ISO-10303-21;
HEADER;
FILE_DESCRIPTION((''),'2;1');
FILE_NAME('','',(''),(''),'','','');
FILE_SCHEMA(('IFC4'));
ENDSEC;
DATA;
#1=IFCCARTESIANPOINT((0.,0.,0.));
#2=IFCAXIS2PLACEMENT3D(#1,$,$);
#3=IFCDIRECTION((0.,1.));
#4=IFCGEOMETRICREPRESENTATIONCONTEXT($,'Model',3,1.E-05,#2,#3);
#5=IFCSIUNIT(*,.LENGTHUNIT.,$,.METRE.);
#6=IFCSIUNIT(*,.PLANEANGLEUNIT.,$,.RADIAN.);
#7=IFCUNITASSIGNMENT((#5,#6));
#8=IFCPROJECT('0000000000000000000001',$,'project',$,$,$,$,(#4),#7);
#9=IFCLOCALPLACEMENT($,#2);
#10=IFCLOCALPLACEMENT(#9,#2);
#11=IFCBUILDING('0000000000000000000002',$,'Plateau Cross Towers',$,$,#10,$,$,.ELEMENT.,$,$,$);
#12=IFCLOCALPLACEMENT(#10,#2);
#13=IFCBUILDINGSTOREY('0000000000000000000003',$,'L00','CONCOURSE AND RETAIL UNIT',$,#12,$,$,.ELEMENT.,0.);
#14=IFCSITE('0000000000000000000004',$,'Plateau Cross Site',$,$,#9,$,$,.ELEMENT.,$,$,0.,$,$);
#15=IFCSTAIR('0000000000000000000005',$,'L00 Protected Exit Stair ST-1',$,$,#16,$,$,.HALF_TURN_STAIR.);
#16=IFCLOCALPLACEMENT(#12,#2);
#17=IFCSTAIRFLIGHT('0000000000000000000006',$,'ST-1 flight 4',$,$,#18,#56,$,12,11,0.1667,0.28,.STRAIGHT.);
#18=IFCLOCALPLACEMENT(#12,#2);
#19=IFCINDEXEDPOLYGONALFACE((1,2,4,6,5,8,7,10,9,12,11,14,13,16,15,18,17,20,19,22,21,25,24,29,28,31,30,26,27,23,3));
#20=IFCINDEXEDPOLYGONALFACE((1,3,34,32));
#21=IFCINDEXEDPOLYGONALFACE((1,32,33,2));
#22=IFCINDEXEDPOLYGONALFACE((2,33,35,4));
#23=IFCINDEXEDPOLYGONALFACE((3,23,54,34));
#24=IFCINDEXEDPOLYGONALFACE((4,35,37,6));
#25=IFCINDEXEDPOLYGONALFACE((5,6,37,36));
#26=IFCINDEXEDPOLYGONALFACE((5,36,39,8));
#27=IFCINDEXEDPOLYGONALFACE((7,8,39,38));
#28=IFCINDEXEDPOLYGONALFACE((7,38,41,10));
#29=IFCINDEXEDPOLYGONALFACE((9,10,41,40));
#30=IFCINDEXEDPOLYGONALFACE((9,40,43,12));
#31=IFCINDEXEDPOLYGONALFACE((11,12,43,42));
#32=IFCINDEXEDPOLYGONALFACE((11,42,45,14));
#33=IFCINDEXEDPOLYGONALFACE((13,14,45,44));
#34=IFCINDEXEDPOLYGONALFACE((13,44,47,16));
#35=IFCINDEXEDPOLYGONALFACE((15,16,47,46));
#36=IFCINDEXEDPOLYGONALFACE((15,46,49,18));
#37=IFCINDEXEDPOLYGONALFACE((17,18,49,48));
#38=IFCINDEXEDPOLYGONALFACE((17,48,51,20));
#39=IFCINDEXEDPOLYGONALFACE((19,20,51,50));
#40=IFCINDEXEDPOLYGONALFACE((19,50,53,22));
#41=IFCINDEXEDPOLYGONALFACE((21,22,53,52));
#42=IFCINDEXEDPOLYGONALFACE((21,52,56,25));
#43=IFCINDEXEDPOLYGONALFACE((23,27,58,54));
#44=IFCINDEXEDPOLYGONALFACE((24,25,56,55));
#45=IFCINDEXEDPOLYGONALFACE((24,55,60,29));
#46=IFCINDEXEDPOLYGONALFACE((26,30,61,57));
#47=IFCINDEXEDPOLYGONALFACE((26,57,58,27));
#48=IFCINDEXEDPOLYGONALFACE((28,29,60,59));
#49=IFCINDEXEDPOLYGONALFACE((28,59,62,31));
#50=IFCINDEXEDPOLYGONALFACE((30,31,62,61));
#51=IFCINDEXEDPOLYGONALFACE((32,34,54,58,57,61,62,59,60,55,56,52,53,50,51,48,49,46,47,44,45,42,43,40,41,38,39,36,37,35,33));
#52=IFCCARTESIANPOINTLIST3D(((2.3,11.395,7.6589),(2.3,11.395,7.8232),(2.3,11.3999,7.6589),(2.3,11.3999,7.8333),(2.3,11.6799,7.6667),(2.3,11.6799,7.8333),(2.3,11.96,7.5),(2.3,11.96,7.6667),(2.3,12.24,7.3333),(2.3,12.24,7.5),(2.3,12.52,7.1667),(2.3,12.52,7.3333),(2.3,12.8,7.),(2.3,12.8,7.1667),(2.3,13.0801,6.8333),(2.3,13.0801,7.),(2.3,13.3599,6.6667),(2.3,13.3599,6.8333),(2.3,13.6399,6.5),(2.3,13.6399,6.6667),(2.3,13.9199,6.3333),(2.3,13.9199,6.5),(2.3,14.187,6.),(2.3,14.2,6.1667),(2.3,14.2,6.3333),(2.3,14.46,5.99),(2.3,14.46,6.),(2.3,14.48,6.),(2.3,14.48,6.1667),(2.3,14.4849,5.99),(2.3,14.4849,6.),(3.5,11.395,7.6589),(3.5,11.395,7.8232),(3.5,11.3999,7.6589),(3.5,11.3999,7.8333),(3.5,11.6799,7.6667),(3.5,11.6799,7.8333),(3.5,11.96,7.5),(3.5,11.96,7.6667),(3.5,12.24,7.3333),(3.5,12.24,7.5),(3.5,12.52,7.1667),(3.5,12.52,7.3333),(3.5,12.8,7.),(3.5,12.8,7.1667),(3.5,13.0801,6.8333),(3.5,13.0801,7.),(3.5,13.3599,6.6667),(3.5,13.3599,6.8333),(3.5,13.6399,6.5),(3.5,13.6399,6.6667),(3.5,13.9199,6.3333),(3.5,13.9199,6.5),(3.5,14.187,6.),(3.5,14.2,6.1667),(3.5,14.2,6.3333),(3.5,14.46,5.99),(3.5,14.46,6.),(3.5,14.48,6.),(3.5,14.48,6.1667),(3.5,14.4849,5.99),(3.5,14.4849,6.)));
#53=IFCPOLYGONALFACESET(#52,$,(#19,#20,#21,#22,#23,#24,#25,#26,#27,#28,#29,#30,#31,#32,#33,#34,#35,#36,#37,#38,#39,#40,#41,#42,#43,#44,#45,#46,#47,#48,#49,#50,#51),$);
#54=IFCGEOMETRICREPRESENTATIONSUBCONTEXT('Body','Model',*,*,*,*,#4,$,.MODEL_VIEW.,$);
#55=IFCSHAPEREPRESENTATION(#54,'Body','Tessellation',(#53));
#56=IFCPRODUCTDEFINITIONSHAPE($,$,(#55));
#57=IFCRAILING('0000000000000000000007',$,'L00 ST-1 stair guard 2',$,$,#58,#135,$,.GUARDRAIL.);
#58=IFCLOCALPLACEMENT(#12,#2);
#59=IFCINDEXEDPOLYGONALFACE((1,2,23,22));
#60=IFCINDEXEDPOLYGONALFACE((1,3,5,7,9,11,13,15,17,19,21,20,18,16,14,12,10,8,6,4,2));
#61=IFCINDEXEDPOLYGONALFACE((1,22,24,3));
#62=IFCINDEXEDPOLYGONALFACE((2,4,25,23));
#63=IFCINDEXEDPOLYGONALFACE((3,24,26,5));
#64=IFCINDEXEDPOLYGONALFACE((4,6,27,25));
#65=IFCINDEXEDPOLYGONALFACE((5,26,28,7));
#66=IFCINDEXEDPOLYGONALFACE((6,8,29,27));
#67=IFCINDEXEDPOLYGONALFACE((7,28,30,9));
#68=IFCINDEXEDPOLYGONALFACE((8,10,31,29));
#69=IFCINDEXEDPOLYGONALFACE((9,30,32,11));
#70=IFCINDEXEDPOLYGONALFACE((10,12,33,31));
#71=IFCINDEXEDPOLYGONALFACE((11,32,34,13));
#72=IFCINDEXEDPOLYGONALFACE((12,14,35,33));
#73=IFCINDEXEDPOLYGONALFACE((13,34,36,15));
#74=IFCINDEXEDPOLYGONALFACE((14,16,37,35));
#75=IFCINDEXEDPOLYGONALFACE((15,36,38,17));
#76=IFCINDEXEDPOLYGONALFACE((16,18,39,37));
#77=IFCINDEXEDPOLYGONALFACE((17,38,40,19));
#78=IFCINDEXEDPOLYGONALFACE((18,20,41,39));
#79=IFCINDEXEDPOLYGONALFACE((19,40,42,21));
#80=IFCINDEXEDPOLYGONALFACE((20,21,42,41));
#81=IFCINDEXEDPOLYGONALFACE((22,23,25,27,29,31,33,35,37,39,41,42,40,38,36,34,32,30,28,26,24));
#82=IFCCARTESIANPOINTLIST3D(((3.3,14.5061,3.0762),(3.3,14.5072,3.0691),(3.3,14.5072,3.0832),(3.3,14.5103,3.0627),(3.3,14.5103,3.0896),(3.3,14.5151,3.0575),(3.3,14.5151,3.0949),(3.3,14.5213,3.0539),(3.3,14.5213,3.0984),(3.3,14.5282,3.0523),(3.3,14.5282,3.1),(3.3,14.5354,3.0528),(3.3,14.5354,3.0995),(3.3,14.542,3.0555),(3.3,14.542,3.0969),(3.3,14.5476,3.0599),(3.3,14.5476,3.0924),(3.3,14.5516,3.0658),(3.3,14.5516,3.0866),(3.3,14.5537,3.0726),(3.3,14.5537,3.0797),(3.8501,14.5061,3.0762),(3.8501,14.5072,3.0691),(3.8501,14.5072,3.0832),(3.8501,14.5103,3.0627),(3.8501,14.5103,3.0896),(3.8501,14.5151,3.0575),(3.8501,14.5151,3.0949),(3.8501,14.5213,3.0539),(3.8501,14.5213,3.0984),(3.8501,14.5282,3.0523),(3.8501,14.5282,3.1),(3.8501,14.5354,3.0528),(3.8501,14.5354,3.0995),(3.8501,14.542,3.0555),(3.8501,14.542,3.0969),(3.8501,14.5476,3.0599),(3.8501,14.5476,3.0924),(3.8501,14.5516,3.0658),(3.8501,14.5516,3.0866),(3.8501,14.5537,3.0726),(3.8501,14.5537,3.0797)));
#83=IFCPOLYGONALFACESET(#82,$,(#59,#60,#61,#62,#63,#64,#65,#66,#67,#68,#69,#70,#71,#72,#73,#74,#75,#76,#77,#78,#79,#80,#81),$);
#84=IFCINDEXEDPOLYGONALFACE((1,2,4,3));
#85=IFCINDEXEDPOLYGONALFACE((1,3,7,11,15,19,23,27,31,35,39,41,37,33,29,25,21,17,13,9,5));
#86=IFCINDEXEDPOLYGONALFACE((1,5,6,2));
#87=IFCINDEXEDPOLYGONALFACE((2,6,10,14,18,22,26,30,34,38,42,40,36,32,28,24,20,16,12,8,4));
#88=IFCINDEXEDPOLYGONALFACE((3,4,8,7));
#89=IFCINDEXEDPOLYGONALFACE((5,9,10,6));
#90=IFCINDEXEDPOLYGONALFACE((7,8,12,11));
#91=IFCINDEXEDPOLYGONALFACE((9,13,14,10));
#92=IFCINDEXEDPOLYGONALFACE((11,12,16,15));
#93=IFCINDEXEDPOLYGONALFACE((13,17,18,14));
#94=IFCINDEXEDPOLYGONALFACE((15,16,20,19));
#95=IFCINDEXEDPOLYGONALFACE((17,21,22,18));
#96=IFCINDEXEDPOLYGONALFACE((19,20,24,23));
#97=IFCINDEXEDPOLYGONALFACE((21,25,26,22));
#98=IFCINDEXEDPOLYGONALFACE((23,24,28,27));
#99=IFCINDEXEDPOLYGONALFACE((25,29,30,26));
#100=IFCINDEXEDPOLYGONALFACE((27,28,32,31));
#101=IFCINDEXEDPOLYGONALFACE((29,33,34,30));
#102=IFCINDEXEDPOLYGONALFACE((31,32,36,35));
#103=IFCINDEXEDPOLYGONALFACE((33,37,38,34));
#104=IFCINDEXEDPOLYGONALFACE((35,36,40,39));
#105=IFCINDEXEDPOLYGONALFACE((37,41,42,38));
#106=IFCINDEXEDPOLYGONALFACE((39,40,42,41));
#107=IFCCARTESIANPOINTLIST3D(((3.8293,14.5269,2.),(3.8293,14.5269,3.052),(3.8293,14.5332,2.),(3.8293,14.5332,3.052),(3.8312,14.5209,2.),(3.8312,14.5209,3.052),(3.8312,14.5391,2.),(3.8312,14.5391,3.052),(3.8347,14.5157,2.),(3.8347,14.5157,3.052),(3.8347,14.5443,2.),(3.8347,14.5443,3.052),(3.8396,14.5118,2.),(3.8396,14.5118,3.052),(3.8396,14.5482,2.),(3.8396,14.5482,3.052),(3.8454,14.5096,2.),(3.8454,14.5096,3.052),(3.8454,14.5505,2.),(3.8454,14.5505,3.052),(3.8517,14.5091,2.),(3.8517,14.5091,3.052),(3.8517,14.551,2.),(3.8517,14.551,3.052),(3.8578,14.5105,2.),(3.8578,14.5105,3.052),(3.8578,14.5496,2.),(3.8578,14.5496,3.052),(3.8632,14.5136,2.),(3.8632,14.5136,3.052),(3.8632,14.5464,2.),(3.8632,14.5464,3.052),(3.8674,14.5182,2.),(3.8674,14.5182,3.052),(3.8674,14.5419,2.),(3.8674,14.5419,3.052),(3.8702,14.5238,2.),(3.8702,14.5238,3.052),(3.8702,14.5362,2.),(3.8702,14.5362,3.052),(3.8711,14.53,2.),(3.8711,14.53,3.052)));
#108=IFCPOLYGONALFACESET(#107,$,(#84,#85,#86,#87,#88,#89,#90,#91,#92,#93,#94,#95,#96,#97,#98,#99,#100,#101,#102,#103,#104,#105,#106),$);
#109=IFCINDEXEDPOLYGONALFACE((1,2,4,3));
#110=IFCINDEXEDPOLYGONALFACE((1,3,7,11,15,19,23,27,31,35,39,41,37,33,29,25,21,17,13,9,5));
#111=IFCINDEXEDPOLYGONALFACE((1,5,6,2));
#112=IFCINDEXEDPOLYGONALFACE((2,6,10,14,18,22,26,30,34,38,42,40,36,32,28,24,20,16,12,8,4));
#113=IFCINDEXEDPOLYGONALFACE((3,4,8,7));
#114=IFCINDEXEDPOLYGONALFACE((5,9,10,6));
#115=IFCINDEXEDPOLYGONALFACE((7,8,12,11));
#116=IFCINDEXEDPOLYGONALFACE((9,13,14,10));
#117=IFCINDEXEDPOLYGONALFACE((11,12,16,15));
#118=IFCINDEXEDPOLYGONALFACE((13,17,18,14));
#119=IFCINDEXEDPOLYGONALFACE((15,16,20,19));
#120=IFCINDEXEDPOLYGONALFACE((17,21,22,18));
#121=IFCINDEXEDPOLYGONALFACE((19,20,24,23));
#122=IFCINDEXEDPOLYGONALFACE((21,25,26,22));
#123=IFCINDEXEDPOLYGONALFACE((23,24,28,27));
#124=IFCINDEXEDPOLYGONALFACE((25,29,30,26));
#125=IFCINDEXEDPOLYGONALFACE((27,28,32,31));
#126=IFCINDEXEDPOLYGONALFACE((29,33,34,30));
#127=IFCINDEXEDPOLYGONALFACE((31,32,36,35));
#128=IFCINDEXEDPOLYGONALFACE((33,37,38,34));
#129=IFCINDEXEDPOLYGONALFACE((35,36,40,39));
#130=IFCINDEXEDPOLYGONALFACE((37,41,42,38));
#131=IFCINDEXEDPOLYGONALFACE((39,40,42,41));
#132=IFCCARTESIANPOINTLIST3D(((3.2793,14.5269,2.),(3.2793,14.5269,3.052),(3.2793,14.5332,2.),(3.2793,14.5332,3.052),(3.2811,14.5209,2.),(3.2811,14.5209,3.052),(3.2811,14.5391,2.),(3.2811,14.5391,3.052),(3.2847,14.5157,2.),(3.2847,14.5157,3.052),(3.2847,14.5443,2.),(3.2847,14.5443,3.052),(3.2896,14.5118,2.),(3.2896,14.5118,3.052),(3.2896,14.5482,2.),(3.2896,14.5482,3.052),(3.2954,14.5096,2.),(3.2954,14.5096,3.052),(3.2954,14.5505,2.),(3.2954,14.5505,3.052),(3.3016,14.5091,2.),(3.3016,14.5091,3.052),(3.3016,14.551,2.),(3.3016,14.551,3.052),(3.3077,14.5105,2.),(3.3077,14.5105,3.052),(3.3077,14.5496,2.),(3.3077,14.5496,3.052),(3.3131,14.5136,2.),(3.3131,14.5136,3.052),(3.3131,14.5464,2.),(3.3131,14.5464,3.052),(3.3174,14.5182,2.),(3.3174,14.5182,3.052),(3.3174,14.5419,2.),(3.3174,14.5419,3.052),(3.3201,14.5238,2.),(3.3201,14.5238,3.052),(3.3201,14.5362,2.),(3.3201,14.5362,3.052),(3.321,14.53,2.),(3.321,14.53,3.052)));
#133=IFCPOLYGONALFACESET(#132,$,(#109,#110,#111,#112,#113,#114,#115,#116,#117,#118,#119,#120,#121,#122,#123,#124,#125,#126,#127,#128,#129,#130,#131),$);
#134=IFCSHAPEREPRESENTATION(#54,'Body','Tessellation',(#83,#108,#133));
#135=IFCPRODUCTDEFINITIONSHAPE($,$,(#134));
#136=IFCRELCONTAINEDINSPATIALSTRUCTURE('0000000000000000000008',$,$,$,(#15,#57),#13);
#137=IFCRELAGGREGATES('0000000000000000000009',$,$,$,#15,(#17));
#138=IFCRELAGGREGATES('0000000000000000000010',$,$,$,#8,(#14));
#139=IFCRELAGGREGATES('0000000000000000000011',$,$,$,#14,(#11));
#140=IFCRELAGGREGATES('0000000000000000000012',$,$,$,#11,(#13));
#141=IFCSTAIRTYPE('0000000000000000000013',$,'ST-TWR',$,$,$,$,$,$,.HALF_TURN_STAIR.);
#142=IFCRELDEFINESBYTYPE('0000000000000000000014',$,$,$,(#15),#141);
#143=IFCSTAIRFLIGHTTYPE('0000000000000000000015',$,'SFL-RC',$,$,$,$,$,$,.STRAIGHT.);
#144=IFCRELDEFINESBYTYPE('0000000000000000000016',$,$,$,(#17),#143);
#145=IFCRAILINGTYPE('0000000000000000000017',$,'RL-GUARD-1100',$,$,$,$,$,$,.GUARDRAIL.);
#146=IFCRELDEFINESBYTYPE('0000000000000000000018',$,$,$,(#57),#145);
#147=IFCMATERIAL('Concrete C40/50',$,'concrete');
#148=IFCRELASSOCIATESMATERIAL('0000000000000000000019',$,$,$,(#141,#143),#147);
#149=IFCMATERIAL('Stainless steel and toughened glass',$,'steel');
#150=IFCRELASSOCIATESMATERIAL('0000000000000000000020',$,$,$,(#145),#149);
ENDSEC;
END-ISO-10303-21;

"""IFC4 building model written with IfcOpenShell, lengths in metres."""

from ifc_helpers import new_model, si_unit, direction, frame, origin, origin_2d, place, context, subcontext, project, spatial, polyline, circle, outline, extrude, material, type_object, element, aggregate, save


model = new_model("IFC4")

# Units and contexts
model_context = context("Model", 3, precision=1e-05, world=origin(), true_north=direction((0.0, 1.0)))
body_context = subcontext(model_context, "Body", "Model", "MODEL_VIEW")
ifc_project = project(units=[si_unit("LENGTHUNIT", "METRE"), si_unit("PLANEANGLEUNIT", "RADIAN")], contexts=[model_context])

# Site, building, storey
site_placement = place(None, origin())
site = spatial("IfcSite", under=ifc_project, at=site_placement, Name="Plateau Cross Site", CompositionType="ELEMENT", RefElevation=0.0)
building_placement = place(site_placement, origin())
building = spatial("IfcBuilding", under=site, at=building_placement, Name="Plateau Cross Towers", CompositionType="ELEMENT")
storey_placement = place(building_placement, origin())
storey = spatial("IfcBuildingStorey", under=building, at=storey_placement, Name="L00", Description="CONCOURSE AND RETAIL UNIT", CompositionType="ELEMENT", Elevation=0.0)

# Stair, stair flight
ifc_material_1 = material(Name="Concrete C40/50", Category="concrete")
stair_type = type_object("IfcStairType", Name="ST-TWR", PredefinedType="HALF_TURN_STAIR", material=ifc_material_1)
stair_placement = place(storey_placement, origin())
stair = element("IfcStair", 1, at=stair_placement, inside=storey, type_object=stair_type, Name="L00 Protected Exit Stair ST-1", PredefinedType="HALF_TURN_STAIR")
stair_flight_type = type_object("IfcStairFlightType", Name="SFL-RC", PredefinedType="STRAIGHT", material=ifc_material_1)
stair_flight_1_placement = place(storey_placement, frame((2.8999, 14.48, 6.0), z_axis=(0.0, 0.0, 1.0), x_axis=(0.0, -1.0, 0.0)))
stair_flight_1 = element("IfcStairFlight", 2, at=stair_flight_1_placement, type_object=stair_flight_type, Name="ST-1 flight 4", NumberOfRisers=12, NumberOfTreads=11, PredefinedType="STRAIGHT", RiserHeight=0.1667, TreadLength=0.28, context=body_context, shape_type="SweptSolid", body=[
    extrude(outline(polyline([(-0.0049, -0.01), (-0.0049, 0.0), (0.0, 0.0), (0.0, 0.1667), (0.28, 0.1667), (0.28, 0.3333), (0.5601, 0.3333), (0.5601, 0.5), (0.8401, 0.5), (0.8401, 0.6667), (1.1201, 0.6667), (1.1201, 0.8333), (1.3999, 0.8333), (1.3999, 1.0), (1.6799, 1.0), (1.6799, 1.1667), (1.96, 1.1667), (1.96, 1.3333), (2.24, 1.3333), (2.24, 1.5), (2.52, 1.5), (2.52, 1.6667), (2.8, 1.6667), (2.8, 1.8333), (3.0801, 1.8333), (3.085, 1.8232), (3.085, 1.6589), (3.0801, 1.6589), (0.293, 0.0), (0.02, 0.0), (0.02, -0.01), (-0.0049, -0.01)])), frame((0.0, 0.6001, 0.0), z_axis=(0.0, -1.0, 0.0), x_axis=(1.0, 0.0, 0.0)), (0.0, 0.0, 1.0), 1.2),
])
aggregate(stair, [stair_flight_1])

# Railing
ifc_material_2 = material(Name="Stainless steel and toughened glass", Category="steel")
railing_type_1 = type_object("IfcRailingType", Name="RL-GUARD-1100", PredefinedType="GUARDRAIL", material=ifc_material_2)
railing_1_placement = place(storey_placement, frame((3.8501, 14.53, 2.0)))
element("IfcRailing", 3, at=railing_1_placement, inside=storey, type_object=railing_type_1, Name="L00 ST-1 stair guard 2", PredefinedType="GUARDRAIL", context=body_context, shape_type="SweptSolid", body=[
    extrude(circle(Radius=0.0239, at=origin_2d()), frame((0.0, 0.0, 1.0762), z_axis=(-1.0, 0.0, 0.0), x_axis=(0.0, -1.0, 0.0)), (0.0, 0.0, 1.0), 0.55),
    extrude(circle(Radius=0.021, at=origin_2d()), origin(), (0.0, 0.0, 1.0), 1.052),
    extrude(circle(Radius=0.021, at=origin_2d()), frame((-0.55, 0.0, 0.0)), (0.0, 0.0, 1.0), 1.052),
])

save(model, "model.ifc")
